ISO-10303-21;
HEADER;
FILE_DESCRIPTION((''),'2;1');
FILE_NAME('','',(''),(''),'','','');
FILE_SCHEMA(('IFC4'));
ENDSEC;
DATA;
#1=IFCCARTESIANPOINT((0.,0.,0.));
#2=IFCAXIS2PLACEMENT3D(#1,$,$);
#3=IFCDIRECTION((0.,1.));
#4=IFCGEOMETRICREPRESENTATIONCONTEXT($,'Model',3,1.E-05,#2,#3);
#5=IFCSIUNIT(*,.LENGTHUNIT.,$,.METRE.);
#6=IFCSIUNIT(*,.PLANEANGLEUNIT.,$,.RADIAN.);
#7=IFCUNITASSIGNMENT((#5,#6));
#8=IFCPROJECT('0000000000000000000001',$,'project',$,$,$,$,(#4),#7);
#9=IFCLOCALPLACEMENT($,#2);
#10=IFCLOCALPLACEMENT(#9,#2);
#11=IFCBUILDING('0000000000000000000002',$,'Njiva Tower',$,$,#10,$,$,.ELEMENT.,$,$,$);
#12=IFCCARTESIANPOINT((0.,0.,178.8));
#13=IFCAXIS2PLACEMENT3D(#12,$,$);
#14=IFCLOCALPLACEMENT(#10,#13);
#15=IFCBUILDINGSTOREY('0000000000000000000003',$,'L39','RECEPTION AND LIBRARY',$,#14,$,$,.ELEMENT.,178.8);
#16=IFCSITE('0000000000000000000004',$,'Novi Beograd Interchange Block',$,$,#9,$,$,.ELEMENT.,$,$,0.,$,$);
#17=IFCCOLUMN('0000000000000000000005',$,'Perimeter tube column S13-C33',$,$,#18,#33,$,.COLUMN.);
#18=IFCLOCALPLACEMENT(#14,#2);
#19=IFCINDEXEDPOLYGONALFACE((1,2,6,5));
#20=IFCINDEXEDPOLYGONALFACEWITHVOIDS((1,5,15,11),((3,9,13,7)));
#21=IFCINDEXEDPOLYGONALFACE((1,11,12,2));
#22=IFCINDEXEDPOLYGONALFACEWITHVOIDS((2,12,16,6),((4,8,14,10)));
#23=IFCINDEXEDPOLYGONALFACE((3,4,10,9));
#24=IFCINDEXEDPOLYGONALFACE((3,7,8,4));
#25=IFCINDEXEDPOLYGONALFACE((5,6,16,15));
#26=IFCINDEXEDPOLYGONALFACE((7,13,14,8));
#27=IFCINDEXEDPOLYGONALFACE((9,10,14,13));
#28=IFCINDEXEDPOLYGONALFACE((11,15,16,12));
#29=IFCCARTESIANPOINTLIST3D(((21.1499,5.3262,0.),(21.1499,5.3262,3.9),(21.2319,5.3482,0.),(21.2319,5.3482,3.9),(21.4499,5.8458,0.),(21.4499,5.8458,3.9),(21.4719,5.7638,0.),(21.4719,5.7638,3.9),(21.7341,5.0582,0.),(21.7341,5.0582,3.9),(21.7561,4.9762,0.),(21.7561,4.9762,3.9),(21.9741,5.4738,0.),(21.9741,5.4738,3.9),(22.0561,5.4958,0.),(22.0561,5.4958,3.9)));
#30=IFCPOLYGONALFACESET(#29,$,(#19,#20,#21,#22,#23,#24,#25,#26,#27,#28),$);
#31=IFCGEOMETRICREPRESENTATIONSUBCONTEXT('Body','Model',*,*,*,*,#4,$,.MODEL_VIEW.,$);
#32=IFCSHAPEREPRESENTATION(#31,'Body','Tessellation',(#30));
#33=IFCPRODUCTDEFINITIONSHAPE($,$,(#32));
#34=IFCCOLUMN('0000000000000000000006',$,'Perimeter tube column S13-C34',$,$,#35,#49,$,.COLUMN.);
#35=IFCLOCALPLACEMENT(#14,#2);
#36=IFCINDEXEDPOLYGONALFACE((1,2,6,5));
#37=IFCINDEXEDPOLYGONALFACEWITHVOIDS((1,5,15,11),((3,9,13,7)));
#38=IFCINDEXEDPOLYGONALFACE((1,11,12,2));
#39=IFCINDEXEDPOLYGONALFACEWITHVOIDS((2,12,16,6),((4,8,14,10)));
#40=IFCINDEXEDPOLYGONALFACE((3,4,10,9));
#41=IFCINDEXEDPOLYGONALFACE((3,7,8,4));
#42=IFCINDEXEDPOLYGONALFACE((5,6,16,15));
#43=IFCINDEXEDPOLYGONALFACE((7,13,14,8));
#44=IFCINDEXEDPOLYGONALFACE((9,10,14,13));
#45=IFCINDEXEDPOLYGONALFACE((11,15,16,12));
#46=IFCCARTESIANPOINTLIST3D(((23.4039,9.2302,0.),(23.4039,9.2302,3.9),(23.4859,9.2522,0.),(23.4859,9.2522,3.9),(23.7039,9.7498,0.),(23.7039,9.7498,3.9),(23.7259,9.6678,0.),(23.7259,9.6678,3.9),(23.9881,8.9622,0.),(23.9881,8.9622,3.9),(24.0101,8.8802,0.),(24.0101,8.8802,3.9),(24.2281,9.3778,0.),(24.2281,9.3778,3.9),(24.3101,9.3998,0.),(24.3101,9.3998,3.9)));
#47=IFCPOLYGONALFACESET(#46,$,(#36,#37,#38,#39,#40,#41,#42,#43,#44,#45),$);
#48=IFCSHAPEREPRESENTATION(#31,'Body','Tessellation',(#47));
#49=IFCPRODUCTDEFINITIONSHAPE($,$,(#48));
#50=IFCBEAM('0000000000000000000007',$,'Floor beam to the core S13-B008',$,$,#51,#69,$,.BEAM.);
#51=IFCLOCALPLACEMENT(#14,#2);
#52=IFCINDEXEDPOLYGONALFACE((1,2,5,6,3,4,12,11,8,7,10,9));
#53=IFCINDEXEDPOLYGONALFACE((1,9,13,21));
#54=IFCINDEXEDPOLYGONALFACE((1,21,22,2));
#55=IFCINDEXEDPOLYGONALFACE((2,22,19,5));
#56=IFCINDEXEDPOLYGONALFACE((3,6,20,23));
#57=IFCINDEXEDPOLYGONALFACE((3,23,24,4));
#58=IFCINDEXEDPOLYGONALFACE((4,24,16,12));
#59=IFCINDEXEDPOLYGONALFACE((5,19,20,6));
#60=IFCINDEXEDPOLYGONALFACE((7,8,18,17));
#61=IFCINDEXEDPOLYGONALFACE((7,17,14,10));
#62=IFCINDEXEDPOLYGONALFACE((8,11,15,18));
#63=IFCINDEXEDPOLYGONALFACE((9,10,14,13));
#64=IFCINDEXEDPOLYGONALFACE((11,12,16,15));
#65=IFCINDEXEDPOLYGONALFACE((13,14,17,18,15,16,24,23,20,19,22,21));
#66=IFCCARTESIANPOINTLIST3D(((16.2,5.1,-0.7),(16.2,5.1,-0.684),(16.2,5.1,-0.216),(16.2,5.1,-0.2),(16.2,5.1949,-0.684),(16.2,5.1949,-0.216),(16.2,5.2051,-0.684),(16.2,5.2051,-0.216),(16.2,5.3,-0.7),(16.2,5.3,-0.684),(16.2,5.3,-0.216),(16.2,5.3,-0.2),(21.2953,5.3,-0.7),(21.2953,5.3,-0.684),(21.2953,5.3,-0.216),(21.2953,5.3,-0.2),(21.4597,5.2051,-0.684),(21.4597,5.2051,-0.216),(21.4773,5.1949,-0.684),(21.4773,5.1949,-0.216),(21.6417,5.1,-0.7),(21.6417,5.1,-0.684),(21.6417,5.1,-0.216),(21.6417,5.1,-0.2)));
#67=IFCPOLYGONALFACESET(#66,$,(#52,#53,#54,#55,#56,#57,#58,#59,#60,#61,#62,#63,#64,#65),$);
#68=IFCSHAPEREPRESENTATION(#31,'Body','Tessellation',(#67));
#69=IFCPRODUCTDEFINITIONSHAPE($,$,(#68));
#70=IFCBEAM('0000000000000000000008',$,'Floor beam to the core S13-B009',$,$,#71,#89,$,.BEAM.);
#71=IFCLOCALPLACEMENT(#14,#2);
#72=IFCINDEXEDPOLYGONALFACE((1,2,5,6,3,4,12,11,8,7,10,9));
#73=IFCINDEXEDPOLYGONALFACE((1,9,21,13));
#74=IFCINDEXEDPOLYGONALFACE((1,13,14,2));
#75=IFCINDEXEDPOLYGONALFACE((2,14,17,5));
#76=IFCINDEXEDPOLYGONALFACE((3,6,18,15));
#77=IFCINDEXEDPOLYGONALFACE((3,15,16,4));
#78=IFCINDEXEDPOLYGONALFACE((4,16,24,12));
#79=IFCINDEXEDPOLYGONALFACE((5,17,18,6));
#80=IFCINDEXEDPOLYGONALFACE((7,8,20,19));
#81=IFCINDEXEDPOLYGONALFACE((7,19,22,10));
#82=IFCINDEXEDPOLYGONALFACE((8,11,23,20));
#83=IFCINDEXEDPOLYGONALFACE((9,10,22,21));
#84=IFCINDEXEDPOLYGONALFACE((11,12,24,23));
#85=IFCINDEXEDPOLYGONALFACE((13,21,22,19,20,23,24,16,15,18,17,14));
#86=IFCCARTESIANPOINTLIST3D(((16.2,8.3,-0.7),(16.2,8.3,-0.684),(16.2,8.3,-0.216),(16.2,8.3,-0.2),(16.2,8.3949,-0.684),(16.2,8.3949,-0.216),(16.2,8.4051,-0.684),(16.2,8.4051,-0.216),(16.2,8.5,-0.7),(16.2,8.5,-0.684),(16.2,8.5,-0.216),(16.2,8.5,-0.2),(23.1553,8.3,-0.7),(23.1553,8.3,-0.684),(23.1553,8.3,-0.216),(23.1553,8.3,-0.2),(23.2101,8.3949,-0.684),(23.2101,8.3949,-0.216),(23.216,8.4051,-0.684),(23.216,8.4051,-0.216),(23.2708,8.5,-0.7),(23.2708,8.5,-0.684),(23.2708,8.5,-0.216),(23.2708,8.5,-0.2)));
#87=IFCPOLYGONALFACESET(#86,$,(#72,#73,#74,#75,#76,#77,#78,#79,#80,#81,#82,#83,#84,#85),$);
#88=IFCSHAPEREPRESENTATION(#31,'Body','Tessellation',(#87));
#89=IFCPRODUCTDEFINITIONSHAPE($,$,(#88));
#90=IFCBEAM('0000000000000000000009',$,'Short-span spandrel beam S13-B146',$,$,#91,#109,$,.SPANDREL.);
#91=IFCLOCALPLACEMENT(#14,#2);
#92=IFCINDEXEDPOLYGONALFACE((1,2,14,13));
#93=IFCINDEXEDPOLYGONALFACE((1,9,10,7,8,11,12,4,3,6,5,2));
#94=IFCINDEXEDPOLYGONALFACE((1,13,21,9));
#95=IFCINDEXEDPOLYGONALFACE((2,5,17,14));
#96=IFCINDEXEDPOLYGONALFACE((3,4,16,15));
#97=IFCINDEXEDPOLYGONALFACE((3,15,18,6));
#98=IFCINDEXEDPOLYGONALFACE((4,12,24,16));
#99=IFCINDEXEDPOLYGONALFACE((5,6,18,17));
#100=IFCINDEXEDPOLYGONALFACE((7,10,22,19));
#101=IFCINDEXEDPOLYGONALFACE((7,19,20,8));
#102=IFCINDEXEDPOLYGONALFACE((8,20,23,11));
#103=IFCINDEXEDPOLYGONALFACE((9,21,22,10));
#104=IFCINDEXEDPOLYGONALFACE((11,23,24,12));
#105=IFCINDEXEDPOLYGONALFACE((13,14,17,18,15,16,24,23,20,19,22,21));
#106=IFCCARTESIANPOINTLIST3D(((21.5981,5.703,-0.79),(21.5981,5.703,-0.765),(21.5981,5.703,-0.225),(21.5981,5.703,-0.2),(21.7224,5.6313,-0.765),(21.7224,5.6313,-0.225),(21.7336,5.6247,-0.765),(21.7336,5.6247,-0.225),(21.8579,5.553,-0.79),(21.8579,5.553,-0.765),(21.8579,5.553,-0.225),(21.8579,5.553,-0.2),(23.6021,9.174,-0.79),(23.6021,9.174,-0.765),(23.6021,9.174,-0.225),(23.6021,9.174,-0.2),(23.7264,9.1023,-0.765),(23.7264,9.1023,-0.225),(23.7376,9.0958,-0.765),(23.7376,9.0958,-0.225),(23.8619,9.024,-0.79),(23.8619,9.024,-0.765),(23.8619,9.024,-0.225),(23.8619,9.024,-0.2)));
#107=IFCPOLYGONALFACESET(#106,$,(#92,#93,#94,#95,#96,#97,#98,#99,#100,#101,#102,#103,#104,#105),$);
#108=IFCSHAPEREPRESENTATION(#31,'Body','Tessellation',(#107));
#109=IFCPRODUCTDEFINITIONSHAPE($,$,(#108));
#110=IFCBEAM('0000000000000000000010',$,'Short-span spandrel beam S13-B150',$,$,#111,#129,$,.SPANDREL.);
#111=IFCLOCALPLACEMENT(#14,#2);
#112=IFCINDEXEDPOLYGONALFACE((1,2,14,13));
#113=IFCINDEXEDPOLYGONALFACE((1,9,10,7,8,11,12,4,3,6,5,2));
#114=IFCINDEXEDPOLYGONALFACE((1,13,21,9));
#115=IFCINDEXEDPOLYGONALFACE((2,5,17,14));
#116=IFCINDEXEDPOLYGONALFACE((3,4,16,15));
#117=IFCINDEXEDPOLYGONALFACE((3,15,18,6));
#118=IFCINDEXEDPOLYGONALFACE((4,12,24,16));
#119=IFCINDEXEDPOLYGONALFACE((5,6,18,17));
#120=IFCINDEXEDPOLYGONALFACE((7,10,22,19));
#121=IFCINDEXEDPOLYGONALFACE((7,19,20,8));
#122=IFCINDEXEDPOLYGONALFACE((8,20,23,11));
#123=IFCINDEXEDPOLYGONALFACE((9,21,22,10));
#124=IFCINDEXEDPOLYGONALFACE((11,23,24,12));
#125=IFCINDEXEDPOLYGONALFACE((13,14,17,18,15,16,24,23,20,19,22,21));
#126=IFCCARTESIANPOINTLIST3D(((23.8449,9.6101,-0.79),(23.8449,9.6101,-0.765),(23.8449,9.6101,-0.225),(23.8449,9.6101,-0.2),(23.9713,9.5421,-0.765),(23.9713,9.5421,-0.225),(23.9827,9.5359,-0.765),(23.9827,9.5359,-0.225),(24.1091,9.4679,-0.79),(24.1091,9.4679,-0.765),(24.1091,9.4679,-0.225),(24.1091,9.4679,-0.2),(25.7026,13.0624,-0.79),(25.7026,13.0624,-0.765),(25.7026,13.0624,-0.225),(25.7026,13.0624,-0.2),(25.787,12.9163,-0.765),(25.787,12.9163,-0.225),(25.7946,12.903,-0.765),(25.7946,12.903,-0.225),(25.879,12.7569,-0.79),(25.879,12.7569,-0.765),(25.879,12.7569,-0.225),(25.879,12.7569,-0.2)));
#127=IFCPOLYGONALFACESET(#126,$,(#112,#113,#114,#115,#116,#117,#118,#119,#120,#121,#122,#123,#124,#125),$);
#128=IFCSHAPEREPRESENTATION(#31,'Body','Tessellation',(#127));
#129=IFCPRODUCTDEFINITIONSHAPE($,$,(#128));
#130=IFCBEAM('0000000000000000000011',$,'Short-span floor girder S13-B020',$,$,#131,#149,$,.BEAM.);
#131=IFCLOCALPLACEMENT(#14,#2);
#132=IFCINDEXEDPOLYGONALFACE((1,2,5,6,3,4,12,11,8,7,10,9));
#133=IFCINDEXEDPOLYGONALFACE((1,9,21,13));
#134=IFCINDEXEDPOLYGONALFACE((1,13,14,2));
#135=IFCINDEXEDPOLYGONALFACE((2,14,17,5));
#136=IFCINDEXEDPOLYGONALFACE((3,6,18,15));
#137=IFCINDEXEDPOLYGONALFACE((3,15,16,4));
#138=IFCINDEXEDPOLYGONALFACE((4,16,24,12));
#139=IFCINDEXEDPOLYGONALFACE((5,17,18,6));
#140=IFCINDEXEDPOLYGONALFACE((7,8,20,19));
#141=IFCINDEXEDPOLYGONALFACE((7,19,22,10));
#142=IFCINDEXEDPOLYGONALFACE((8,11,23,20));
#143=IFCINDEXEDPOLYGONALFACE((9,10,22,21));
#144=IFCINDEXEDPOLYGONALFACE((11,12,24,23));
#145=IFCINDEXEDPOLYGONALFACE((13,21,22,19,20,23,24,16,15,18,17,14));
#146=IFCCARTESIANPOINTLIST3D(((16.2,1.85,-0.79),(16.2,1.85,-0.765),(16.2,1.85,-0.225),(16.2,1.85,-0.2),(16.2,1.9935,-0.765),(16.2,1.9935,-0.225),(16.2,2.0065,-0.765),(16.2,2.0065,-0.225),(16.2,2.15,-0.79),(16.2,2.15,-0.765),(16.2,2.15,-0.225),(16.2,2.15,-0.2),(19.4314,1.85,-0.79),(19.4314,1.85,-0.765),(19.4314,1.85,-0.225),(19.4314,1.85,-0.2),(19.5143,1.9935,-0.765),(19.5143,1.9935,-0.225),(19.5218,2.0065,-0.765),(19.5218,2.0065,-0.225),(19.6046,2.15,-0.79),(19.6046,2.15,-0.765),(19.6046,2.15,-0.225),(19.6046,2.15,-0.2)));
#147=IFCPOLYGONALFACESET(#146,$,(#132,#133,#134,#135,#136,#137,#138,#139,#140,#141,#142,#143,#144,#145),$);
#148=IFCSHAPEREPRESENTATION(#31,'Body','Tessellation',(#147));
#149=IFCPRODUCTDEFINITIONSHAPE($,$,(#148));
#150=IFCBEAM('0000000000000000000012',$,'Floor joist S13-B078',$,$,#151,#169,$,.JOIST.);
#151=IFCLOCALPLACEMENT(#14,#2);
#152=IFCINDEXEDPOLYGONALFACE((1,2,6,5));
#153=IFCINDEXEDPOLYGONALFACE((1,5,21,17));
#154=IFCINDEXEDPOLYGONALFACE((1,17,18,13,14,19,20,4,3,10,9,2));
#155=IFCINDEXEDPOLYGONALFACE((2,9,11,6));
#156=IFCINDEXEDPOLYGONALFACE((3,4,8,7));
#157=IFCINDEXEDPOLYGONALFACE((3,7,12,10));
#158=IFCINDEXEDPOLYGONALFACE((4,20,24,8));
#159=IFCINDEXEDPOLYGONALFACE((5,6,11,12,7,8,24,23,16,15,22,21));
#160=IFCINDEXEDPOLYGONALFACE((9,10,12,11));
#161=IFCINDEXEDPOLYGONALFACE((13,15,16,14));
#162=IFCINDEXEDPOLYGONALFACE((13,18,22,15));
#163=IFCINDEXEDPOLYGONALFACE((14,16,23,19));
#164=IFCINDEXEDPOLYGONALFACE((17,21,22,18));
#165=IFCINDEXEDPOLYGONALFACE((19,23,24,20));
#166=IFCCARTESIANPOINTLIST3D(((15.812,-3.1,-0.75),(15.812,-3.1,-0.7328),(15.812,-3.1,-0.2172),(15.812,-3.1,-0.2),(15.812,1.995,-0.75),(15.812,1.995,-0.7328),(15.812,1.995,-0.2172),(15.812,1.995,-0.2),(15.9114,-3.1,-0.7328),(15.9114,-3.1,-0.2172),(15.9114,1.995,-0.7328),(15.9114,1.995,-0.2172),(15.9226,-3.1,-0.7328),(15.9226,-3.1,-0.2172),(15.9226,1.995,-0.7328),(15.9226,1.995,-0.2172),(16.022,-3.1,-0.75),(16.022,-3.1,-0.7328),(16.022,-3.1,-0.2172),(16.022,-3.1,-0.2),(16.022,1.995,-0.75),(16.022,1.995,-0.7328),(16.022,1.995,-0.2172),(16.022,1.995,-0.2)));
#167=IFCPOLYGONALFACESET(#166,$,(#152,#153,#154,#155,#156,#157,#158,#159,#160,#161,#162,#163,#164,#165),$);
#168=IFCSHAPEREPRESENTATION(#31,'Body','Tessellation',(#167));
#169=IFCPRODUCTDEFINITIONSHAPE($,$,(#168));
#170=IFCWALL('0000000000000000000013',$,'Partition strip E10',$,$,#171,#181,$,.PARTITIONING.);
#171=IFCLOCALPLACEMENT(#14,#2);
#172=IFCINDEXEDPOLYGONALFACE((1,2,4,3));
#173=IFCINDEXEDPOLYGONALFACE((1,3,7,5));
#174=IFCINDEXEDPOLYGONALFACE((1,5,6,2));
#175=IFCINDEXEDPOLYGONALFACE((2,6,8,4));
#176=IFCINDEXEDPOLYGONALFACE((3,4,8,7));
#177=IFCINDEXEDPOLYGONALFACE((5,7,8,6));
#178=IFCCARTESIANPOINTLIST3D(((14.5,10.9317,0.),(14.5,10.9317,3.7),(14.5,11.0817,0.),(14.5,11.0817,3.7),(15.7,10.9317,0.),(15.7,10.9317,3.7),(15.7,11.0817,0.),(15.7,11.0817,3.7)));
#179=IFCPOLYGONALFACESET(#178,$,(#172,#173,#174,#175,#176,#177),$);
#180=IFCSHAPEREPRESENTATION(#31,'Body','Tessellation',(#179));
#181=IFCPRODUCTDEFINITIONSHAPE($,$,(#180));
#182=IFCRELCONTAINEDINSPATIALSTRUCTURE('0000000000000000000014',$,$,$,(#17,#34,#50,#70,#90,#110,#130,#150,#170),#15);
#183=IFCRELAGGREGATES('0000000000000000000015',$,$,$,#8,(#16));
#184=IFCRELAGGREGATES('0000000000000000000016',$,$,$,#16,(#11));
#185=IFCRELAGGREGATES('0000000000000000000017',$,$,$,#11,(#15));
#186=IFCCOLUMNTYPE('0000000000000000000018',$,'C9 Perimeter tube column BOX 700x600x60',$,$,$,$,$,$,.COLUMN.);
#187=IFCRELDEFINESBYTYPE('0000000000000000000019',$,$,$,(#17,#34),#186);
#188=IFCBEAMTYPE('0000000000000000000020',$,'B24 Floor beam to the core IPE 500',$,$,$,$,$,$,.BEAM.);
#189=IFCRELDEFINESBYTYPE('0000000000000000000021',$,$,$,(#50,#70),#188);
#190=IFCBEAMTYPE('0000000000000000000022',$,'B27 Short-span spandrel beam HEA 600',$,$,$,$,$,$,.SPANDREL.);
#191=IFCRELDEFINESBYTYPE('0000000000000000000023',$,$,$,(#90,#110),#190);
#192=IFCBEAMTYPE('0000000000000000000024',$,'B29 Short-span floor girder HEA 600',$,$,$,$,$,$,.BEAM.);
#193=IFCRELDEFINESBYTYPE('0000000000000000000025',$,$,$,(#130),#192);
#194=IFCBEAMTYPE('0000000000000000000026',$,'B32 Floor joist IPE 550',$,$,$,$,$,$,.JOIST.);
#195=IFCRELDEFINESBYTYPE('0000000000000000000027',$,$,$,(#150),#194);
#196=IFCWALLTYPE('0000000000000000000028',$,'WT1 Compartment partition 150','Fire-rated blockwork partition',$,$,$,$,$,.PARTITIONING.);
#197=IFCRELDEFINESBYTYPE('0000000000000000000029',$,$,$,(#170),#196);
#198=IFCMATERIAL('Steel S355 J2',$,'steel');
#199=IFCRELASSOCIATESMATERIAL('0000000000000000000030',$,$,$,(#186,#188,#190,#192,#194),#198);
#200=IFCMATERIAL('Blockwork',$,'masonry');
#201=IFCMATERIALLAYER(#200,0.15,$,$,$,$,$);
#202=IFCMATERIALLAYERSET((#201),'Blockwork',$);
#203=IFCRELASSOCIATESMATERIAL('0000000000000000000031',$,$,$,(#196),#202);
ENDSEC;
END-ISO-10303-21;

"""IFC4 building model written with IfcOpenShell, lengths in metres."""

from ifc_helpers import new_model, si_unit, direction, frame, frame_2d, origin, origin_2d, place, context, subcontext, project, spatial, rectangle, hollow_rectangle, i_section, extrude, clip, halfspace, material, layer, layer_set, material_profile, profile_set, type_object, element, save


model = new_model("IFC4")

# Units and contexts
model_context = context("Model", 3, precision=1e-05, world=origin(), true_north=direction((0.0, 1.0)))
body_context = subcontext(model_context, "Body", "Model", "MODEL_VIEW")
ifc_project = project(units=[si_unit("LENGTHUNIT", "METRE"), si_unit("PLANEANGLEUNIT", "RADIAN")], contexts=[model_context])

# Site, building, storey
site_placement = place(None, origin())
site = spatial("IfcSite", under=ifc_project, at=site_placement, Name="Novi Beograd Interchange Block", CompositionType="ELEMENT", RefElevation=0.0)
building_placement = place(site_placement, origin())
building = spatial("IfcBuilding", under=site, at=building_placement, Name="Njiva Tower", CompositionType="ELEMENT")
storey_placement = place(building_placement, frame((0.0, 0.0, 178.8)))
storey = spatial("IfcBuildingStorey", under=building, at=storey_placement, Name="L39", Description="RECEPTION AND LIBRARY", CompositionType="ELEMENT", Elevation=178.8)

# Columns
ifc_material_1 = material(Name="Steel S355 J2", Category="steel")
ifc_material_profile_1 = material_profile(ifc_material_1, hollow_rectangle(XDim=0.6, YDim=0.7, WallThickness=0.06, at=origin_2d()), Name="BOX 700x600x60")
ifc_profile_set_1 = profile_set([ifc_material_profile_1], Name="Steel S355 J2")
column_type = type_object("IfcColumnType", Name="C9 Perimeter tube column BOX 700x600x60", PredefinedType="COLUMN", material=ifc_profile_set_1)
for number, where, z_axis, x_axis, name in (
    (1, (21.603, 5.411, 0.0), (0.0, 0.0, 1.0), (0.5, 0.866025, 0.0), "Perimeter tube column S13-C33"),
    (2, (23.857, 9.315, 0.0), (0.0, 0.0, 1.0), (0.5, 0.866025, 0.0), "Perimeter tube column S13-C34"),
):
    element("IfcColumn", number, at=place(storey_placement, frame(where, z_axis=z_axis, x_axis=x_axis)), inside=storey, type_object=column_type, Name=name, PredefinedType="COLUMN", context=body_context, shape_type="SweptSolid", body=[
        extrude(hollow_rectangle(XDim=0.6, YDim=0.7, WallThickness=0.06, at=origin_2d()), origin(), (0.0, 0.0, 1.0), 3.9),
    ])

# Beams
ifc_material_profile_2 = material_profile(ifc_material_1, i_section(OverallWidth=0.2, OverallDepth=0.5, WebThickness=0.0102, FlangeThickness=0.016, at=origin_2d()), Name="IPE 500")
ifc_profile_set_2 = profile_set([ifc_material_profile_2], Name="Steel S355 J2")
beam_type_1 = type_object("IfcBeamType", Name="B24 Floor beam to the core IPE 500", PredefinedType="BEAM", material=ifc_profile_set_2)
beam_1_placement = place(storey_placement, frame((16.2, 5.2, -0.45), z_axis=(1.0, 0.0, 0.0), x_axis=(0.0, 1.0, 0.0)))
element("IfcBeam", 3, at=beam_1_placement, inside=storey, type_object=beam_type_1, Name="Floor beam to the core S13-B008", PredefinedType="BEAM", context=body_context, shape_type="Clipping", body=[
    clip(extrude(i_section(OverallWidth=0.2, OverallDepth=0.5, WebThickness=0.0102, FlangeThickness=0.016, at=origin_2d()), origin(), (0.0, 0.0, 1.0), 5.461), halfspace(frame((0.0433, 0.0, 5.1935), z_axis=(0.866027, 0.0, 0.499998), x_axis=(0.0, 1.0, 0.0)), False)),
])
beam_2_placement = place(storey_placement, frame((16.2, 8.4, -0.45), z_axis=(1.0, 0.0, 0.0), x_axis=(0.0, 1.0, 0.0)))
element("IfcBeam", 4, at=beam_2_placement, inside=storey, type_object=beam_type_1, Name="Floor beam to the core S13-B009", PredefinedType="BEAM", context=body_context, shape_type="Clipping", body=[
    clip(extrude(i_section(OverallWidth=0.2, OverallDepth=0.5, WebThickness=0.0102, FlangeThickness=0.016, at=origin_2d()), origin(), (0.0, 0.0, 1.0), 7.091), halfspace(frame((-0.025, 0.0, 6.9986), z_axis=(-0.499998, 0.0, 0.866027), x_axis=(0.0, 1.0, 0.0)), False)),
])
ifc_material_profile_3 = material_profile(ifc_material_1, i_section(OverallWidth=0.3, OverallDepth=0.59, WebThickness=0.013, FlangeThickness=0.025, at=origin_2d()), Name="HEA 600")
ifc_profile_set_3 = profile_set([ifc_material_profile_3], Name="Steel S355 J2")
beam_type_2 = type_object("IfcBeamType", Name="B27 Short-span spandrel beam HEA 600", PredefinedType="SPANDREL", material=ifc_profile_set_3)
beam_3_placement = place(storey_placement, frame((21.728, 5.628, -0.495), z_axis=(0.500003, 0.866024, 0.0), x_axis=(-0.866024, 0.500003, 0.0)))
element("IfcBeam", 5, at=beam_3_placement, inside=storey, type_object=beam_type_2, Name="Short-span spandrel beam S13-B146", PredefinedType="SPANDREL", context=body_context, shape_type="SweptSolid", body=[
    extrude(i_section(OverallWidth=0.3, OverallDepth=0.59, WebThickness=0.013, FlangeThickness=0.025, at=origin_2d()), origin(), (0.0, 0.0, 1.0), 4.008),
])
beam_4_placement = place(storey_placement, frame((23.977, 9.539, -0.495), z_axis=(0.473866, 0.880597, 0.0), x_axis=(-0.880597, 0.473866, 0.0)))
element("IfcBeam", 6, at=beam_4_placement, inside=storey, type_object=beam_type_2, Name="Short-span spandrel beam S13-B150", PredefinedType="SPANDREL", context=body_context, shape_type="Clipping", body=[
    clip(extrude(i_section(OverallWidth=0.3, OverallDepth=0.59, WebThickness=0.013, FlangeThickness=0.025, at=origin_2d()), origin(), (0.0, 0.0, 1.0), 3.9411), halfspace(frame((-0.0262, 0.0, 3.8115), z_axis=(-0.525688, 0.0, 0.850677), x_axis=(0.0, 1.0, 0.0)), False)),
])
ifc_material_profile_4 = material_profile(ifc_material_1, i_section(OverallWidth=0.3, OverallDepth=0.59, WebThickness=0.013, FlangeThickness=0.025, at=origin_2d()), Name="HEA 600")
ifc_profile_set_4 = profile_set([ifc_material_profile_4], Name="Steel S355 J2")
beam_type_3 = type_object("IfcBeamType", Name="B29 Short-span floor girder HEA 600", PredefinedType="BEAM", material=ifc_profile_set_4)
beam_5_placement = place(storey_placement, frame((16.2, 2.0, -0.495), z_axis=(1.0, 0.0, 0.0), x_axis=(0.0, 1.0, 0.0)))
element("IfcBeam", 7, at=beam_5_placement, inside=storey, type_object=beam_type_3, Name="Short-span floor girder S13-B020", PredefinedType="BEAM", context=body_context, shape_type="Clipping", body=[
    clip(extrude(i_section(OverallWidth=0.3, OverallDepth=0.59, WebThickness=0.013, FlangeThickness=0.025, at=origin_2d()), origin(), (0.0, 0.0, 1.0), 3.425), halfspace(frame((-0.025, 0.0, 3.3036), z_axis=(-0.499998, 0.0, 0.866027), x_axis=(0.0, 1.0, 0.0)), False)),
])
ifc_material_profile_5 = material_profile(ifc_material_1, i_section(OverallWidth=0.21, OverallDepth=0.55, WebThickness=0.0111, FlangeThickness=0.0172, at=origin_2d()), Name="IPE 550")
ifc_profile_set_5 = profile_set([ifc_material_profile_5], Name="Steel S355 J2")
beam_type_4 = type_object("IfcBeamType", Name="B32 Floor joist IPE 550", PredefinedType="JOIST", material=ifc_profile_set_5)
beam_6_placement = place(storey_placement, frame((15.917, 1.995, -0.475), z_axis=(0.0, -1.0, 0.0), x_axis=(1.0, 0.0, 0.0)))
element("IfcBeam", 8, at=beam_6_placement, inside=storey, type_object=beam_type_4, Name="Floor joist S13-B078", PredefinedType="JOIST", context=body_context, shape_type="SweptSolid", body=[
    extrude(i_section(OverallWidth=0.21, OverallDepth=0.55, WebThickness=0.0111, FlangeThickness=0.0172, at=origin_2d()), origin(), (0.0, 0.0, 1.0), 5.095),
])

# Wall
ifc_material_2 = material(Name="Blockwork", Category="masonry")
ifc_layer_1 = layer(ifc_material_2, 0.15)
ifc_layer_set_1 = layer_set([ifc_layer_1], Name="Blockwork")
wall_type_1 = type_object("IfcWallType", Name="WT1 Compartment partition 150", Description="Fire-rated blockwork partition", PredefinedType="PARTITIONING", material=ifc_layer_set_1)
wall_1_placement = place(storey_placement, frame((14.5, 11.0067, 0.0), z_axis=(0.0, 0.0, 1.0), x_axis=(1.0, 0.0, 0.0)))
element("IfcWall", 9, at=wall_1_placement, inside=storey, type_object=wall_type_1, Name="Partition strip E10", PredefinedType="PARTITIONING", context=body_context, shape_type="SweptSolid", body=[
    extrude(rectangle(XDim=1.2, YDim=0.15, at=frame_2d((0.6, 0.0))), origin(), (0.0, 0.0, 1.0), 3.7),
])

save(model, "model.ifc")
